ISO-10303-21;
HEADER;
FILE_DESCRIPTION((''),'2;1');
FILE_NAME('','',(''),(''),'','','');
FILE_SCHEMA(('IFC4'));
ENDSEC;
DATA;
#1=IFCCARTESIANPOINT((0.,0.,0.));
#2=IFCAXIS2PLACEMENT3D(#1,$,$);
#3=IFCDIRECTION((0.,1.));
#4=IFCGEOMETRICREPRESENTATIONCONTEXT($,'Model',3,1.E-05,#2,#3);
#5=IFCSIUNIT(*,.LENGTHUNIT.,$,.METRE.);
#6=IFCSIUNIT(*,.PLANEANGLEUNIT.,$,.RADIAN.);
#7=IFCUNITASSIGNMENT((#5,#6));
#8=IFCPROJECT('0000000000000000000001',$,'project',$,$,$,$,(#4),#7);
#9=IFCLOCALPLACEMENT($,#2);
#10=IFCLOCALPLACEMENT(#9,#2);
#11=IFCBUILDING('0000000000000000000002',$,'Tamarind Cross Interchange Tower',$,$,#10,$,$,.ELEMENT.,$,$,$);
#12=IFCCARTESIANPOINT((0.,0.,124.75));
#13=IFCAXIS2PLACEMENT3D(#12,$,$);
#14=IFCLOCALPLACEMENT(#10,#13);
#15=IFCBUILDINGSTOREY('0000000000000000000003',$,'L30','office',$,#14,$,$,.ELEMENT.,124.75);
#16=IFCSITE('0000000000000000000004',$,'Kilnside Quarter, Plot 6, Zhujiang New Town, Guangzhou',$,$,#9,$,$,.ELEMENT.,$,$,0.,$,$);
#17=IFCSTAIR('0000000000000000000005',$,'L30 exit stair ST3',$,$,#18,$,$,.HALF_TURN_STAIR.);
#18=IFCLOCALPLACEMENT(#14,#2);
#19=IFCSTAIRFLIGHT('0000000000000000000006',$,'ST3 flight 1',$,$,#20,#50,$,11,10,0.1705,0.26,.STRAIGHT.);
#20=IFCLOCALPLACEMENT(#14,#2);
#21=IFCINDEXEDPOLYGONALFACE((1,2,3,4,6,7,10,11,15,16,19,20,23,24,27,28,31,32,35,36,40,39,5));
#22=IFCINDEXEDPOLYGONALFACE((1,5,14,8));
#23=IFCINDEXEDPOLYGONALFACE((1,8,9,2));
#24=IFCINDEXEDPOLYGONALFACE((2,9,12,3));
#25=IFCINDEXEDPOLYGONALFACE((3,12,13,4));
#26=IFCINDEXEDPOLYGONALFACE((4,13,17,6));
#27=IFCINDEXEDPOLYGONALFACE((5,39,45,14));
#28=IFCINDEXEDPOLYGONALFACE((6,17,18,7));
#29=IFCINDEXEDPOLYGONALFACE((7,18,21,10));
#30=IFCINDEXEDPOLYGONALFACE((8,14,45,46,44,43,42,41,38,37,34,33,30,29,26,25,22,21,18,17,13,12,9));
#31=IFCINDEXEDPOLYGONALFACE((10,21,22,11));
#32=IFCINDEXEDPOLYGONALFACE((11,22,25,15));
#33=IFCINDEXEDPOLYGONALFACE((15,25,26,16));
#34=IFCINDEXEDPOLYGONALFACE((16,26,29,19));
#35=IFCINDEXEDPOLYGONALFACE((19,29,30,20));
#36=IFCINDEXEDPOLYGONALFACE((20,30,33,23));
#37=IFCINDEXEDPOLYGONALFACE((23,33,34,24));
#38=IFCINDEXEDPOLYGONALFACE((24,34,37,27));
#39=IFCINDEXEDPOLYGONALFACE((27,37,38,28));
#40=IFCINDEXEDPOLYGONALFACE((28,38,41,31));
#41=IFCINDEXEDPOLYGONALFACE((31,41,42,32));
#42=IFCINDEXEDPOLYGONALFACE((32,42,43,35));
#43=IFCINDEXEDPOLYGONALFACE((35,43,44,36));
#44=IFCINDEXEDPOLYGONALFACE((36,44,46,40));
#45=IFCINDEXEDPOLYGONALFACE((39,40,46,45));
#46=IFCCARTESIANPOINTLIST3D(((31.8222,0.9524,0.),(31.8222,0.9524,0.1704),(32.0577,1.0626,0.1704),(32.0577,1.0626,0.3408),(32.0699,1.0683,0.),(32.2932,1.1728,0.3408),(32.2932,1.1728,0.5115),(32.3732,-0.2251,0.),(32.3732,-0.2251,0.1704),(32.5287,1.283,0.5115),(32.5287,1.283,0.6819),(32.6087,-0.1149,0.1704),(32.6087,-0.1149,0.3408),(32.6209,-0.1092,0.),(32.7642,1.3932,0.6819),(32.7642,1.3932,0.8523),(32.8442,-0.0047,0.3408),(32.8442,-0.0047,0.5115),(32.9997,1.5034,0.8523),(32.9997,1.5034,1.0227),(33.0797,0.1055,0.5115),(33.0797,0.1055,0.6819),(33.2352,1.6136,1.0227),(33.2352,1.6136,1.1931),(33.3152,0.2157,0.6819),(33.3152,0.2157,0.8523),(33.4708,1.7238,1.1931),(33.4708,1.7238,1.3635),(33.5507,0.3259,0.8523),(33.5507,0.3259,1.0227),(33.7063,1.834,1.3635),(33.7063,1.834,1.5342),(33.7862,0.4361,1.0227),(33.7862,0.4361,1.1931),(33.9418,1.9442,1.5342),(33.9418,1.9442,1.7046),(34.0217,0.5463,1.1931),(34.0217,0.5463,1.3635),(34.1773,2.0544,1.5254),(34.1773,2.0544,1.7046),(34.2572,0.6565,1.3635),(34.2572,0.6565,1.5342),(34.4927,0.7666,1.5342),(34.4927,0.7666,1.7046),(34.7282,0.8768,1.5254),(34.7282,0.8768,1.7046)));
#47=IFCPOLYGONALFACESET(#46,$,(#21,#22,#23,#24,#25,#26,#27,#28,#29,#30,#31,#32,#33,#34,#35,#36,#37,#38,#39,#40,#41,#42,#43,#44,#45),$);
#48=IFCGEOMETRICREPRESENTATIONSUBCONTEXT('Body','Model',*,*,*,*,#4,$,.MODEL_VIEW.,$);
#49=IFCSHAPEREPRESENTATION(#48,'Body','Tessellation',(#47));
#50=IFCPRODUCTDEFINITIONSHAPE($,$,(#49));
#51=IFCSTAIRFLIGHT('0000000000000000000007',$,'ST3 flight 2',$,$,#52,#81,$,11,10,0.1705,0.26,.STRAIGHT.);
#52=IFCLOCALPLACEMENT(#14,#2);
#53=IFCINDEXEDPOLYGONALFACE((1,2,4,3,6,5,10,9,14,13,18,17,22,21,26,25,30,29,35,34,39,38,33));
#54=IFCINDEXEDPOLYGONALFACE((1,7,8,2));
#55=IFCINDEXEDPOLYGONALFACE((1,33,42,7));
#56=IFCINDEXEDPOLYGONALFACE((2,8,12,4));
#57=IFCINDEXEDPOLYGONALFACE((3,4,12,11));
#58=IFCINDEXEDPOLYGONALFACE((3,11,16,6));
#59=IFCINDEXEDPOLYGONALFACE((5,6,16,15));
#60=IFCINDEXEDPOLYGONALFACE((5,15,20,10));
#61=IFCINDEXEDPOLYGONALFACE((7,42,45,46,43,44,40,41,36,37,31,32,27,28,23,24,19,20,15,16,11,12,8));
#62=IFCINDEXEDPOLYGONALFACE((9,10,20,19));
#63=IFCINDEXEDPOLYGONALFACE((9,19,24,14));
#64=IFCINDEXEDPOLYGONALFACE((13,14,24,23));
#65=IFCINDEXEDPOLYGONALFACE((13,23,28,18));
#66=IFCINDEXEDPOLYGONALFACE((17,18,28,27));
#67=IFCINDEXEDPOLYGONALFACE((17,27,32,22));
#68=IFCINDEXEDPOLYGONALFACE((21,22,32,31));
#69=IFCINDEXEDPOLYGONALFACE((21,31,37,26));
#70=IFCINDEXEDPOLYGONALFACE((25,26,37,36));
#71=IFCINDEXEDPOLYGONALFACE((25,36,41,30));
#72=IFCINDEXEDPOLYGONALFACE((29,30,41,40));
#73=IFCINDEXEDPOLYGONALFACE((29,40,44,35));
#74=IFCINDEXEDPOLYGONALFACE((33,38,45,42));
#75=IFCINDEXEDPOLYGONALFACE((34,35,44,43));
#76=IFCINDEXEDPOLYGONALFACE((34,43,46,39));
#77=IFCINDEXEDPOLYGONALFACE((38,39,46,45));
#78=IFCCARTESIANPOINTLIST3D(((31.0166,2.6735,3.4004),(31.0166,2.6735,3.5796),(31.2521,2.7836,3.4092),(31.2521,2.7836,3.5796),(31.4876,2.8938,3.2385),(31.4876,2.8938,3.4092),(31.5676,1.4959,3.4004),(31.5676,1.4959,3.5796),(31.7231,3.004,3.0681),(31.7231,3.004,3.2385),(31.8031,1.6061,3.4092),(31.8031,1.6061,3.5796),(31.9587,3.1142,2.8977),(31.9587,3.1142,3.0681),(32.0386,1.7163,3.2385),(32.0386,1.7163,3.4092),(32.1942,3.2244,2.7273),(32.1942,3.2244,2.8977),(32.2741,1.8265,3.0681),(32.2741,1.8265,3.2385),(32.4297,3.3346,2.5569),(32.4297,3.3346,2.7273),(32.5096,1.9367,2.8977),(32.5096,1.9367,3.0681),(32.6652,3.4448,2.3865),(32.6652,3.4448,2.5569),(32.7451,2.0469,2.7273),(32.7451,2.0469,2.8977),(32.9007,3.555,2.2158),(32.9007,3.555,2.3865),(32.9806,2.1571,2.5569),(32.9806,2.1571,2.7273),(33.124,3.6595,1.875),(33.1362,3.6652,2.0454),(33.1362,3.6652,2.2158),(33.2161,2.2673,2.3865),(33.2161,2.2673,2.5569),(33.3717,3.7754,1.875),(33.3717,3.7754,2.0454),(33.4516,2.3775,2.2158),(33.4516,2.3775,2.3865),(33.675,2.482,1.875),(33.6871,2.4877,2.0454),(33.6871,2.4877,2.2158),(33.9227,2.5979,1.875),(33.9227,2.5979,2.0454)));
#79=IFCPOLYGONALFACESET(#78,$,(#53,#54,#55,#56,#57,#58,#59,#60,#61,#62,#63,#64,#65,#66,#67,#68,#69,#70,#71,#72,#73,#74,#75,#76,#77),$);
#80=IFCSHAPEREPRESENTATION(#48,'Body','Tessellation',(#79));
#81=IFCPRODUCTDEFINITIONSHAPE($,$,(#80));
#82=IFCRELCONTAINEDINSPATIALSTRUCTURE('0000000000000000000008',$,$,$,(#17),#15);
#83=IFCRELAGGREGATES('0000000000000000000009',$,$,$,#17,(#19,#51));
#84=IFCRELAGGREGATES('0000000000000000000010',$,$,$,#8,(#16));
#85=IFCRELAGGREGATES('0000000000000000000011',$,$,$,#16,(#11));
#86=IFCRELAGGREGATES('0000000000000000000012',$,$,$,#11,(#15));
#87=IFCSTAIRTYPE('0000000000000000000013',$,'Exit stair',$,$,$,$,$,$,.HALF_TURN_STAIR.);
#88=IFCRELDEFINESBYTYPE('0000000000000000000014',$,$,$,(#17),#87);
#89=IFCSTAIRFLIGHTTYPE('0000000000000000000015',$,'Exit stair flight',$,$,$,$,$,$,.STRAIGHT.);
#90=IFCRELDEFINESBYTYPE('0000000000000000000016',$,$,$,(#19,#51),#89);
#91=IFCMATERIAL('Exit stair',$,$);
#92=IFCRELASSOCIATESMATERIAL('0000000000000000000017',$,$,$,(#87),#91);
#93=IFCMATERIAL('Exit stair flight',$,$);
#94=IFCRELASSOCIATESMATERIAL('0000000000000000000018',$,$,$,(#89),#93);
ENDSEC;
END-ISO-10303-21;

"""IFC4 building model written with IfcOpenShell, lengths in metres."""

from ifc_helpers import new_model, si_unit, direction, frame, origin, place, context, subcontext, project, spatial, polyline, outline, extrude, material, type_object, element, aggregate, save


model = new_model("IFC4")

# Units and contexts
model_context = context("Model", 3, precision=1e-05, world=origin(), true_north=direction((0.0, 1.0)))
body_context = subcontext(model_context, "Body", "Model", "MODEL_VIEW")
ifc_project = project(units=[si_unit("LENGTHUNIT", "METRE"), si_unit("PLANEANGLEUNIT", "RADIAN")], contexts=[model_context])

# Site, building, storey
site_placement = place(None, origin())
site = spatial("IfcSite", under=ifc_project, at=site_placement, Name="Kilnside Quarter, Plot 6, Zhujiang New Town, Guangzhou", CompositionType="ELEMENT", RefElevation=0.0)
building_placement = place(site_placement, origin())
building = spatial("IfcBuilding", under=site, at=building_placement, Name="Tamarind Cross Interchange Tower", CompositionType="ELEMENT")
storey_placement = place(building_placement, frame((0.0, 0.0, 124.75)))
storey = spatial("IfcBuildingStorey", under=building, at=storey_placement, Name="L30", Description="office", CompositionType="ELEMENT", Elevation=124.75)

# Stair, stair flights
ifc_material_1 = material(Name="Exit stair")
stair_type = type_object("IfcStairType", Name="Exit stair", PredefinedType="HALF_TURN_STAIR", material=ifc_material_1)
stair_placement = place(storey_placement, origin())
stair = element("IfcStair", 1, at=stair_placement, inside=storey, type_object=stair_type, Name="L30 exit stair ST3", PredefinedType="HALF_TURN_STAIR")
ifc_material_2 = material(Name="Exit stair flight")
stair_flight_type = type_object("IfcStairFlightType", Name="Exit stair flight", PredefinedType="STRAIGHT", material=ifc_material_2)
stair_flight_1_placement = place(storey_placement, frame((32.0977, 0.3638, 0.0), z_axis=(0.0, 0.0, 1.0), x_axis=(0.905752, 0.423807, 0.0)))
stair_flight_1 = element("IfcStairFlight", 2, at=stair_flight_1_placement, type_object=stair_flight_type, Name="ST3 flight 1", NumberOfRisers=11, NumberOfTreads=10, PredefinedType="STRAIGHT", RiserHeight=0.1705, TreadLength=0.26, context=body_context, shape_type="SweptSolid", body=[
    extrude(outline(polyline([(0.0, 0.0), (0.0, 0.1704), (0.26, 0.1704), (0.26, 0.3408), (0.52, 0.3408), (0.52, 0.5115), (0.78, 0.5115), (0.78, 0.6819), (1.04, 0.6819), (1.04, 0.8523), (1.3, 0.8523), (1.3, 1.0227), (1.5601, 1.0227), (1.5601, 1.1931), (1.8201, 1.1931), (1.8201, 1.3635), (2.0801, 1.3635), (2.0801, 1.5342), (2.3401, 1.5342), (2.3401, 1.7046), (2.6001, 1.7046), (2.6001, 1.875), (2.6001, 1.5254), (0.2734, 0.0), (0.0, 0.0)])), frame((0.0, 0.6499, 0.0), z_axis=(0.0, -1.0, 0.0), x_axis=(1.0, 0.0, 0.0)), (0.0, 0.0, 1.0), 1.3),
])
stair_flight_2_placement = place(storey_placement, frame((33.6472, 3.1865, 1.875), z_axis=(0.0, 0.0, 1.0), x_axis=(-0.905752, -0.423807, 0.0)))
stair_flight_2 = element("IfcStairFlight", 3, at=stair_flight_2_placement, type_object=stair_flight_type, Name="ST3 flight 2", NumberOfRisers=11, NumberOfTreads=10, PredefinedType="STRAIGHT", RiserHeight=0.1705, TreadLength=0.26, context=body_context, shape_type="SweptSolid", body=[
    extrude(outline(polyline([(0.0, 0.0), (0.0, 0.1704), (0.26, 0.1704), (0.26, 0.3408), (0.52, 0.3408), (0.52, 0.5115), (0.78, 0.5115), (0.78, 0.6819), (1.04, 0.6819), (1.04, 0.8523), (1.3, 0.8523), (1.3, 1.0227), (1.5601, 1.0227), (1.5601, 1.1931), (1.8201, 1.1931), (1.8201, 1.3635), (2.0801, 1.3635), (2.0801, 1.5342), (2.3401, 1.5342), (2.3401, 1.7046), (2.6001, 1.7046), (2.6001, 1.875), (2.6001, 1.5254), (0.2734, 0.0), (0.0, 0.0)])), frame((0.0, 0.6499, 0.0), z_axis=(0.0, -1.0, 0.0), x_axis=(1.0, 0.0, 0.0)), (0.0, 0.0, 1.0), 1.3),
])
aggregate(stair, [stair_flight_1, stair_flight_2])

save(model, "model.ifc")
